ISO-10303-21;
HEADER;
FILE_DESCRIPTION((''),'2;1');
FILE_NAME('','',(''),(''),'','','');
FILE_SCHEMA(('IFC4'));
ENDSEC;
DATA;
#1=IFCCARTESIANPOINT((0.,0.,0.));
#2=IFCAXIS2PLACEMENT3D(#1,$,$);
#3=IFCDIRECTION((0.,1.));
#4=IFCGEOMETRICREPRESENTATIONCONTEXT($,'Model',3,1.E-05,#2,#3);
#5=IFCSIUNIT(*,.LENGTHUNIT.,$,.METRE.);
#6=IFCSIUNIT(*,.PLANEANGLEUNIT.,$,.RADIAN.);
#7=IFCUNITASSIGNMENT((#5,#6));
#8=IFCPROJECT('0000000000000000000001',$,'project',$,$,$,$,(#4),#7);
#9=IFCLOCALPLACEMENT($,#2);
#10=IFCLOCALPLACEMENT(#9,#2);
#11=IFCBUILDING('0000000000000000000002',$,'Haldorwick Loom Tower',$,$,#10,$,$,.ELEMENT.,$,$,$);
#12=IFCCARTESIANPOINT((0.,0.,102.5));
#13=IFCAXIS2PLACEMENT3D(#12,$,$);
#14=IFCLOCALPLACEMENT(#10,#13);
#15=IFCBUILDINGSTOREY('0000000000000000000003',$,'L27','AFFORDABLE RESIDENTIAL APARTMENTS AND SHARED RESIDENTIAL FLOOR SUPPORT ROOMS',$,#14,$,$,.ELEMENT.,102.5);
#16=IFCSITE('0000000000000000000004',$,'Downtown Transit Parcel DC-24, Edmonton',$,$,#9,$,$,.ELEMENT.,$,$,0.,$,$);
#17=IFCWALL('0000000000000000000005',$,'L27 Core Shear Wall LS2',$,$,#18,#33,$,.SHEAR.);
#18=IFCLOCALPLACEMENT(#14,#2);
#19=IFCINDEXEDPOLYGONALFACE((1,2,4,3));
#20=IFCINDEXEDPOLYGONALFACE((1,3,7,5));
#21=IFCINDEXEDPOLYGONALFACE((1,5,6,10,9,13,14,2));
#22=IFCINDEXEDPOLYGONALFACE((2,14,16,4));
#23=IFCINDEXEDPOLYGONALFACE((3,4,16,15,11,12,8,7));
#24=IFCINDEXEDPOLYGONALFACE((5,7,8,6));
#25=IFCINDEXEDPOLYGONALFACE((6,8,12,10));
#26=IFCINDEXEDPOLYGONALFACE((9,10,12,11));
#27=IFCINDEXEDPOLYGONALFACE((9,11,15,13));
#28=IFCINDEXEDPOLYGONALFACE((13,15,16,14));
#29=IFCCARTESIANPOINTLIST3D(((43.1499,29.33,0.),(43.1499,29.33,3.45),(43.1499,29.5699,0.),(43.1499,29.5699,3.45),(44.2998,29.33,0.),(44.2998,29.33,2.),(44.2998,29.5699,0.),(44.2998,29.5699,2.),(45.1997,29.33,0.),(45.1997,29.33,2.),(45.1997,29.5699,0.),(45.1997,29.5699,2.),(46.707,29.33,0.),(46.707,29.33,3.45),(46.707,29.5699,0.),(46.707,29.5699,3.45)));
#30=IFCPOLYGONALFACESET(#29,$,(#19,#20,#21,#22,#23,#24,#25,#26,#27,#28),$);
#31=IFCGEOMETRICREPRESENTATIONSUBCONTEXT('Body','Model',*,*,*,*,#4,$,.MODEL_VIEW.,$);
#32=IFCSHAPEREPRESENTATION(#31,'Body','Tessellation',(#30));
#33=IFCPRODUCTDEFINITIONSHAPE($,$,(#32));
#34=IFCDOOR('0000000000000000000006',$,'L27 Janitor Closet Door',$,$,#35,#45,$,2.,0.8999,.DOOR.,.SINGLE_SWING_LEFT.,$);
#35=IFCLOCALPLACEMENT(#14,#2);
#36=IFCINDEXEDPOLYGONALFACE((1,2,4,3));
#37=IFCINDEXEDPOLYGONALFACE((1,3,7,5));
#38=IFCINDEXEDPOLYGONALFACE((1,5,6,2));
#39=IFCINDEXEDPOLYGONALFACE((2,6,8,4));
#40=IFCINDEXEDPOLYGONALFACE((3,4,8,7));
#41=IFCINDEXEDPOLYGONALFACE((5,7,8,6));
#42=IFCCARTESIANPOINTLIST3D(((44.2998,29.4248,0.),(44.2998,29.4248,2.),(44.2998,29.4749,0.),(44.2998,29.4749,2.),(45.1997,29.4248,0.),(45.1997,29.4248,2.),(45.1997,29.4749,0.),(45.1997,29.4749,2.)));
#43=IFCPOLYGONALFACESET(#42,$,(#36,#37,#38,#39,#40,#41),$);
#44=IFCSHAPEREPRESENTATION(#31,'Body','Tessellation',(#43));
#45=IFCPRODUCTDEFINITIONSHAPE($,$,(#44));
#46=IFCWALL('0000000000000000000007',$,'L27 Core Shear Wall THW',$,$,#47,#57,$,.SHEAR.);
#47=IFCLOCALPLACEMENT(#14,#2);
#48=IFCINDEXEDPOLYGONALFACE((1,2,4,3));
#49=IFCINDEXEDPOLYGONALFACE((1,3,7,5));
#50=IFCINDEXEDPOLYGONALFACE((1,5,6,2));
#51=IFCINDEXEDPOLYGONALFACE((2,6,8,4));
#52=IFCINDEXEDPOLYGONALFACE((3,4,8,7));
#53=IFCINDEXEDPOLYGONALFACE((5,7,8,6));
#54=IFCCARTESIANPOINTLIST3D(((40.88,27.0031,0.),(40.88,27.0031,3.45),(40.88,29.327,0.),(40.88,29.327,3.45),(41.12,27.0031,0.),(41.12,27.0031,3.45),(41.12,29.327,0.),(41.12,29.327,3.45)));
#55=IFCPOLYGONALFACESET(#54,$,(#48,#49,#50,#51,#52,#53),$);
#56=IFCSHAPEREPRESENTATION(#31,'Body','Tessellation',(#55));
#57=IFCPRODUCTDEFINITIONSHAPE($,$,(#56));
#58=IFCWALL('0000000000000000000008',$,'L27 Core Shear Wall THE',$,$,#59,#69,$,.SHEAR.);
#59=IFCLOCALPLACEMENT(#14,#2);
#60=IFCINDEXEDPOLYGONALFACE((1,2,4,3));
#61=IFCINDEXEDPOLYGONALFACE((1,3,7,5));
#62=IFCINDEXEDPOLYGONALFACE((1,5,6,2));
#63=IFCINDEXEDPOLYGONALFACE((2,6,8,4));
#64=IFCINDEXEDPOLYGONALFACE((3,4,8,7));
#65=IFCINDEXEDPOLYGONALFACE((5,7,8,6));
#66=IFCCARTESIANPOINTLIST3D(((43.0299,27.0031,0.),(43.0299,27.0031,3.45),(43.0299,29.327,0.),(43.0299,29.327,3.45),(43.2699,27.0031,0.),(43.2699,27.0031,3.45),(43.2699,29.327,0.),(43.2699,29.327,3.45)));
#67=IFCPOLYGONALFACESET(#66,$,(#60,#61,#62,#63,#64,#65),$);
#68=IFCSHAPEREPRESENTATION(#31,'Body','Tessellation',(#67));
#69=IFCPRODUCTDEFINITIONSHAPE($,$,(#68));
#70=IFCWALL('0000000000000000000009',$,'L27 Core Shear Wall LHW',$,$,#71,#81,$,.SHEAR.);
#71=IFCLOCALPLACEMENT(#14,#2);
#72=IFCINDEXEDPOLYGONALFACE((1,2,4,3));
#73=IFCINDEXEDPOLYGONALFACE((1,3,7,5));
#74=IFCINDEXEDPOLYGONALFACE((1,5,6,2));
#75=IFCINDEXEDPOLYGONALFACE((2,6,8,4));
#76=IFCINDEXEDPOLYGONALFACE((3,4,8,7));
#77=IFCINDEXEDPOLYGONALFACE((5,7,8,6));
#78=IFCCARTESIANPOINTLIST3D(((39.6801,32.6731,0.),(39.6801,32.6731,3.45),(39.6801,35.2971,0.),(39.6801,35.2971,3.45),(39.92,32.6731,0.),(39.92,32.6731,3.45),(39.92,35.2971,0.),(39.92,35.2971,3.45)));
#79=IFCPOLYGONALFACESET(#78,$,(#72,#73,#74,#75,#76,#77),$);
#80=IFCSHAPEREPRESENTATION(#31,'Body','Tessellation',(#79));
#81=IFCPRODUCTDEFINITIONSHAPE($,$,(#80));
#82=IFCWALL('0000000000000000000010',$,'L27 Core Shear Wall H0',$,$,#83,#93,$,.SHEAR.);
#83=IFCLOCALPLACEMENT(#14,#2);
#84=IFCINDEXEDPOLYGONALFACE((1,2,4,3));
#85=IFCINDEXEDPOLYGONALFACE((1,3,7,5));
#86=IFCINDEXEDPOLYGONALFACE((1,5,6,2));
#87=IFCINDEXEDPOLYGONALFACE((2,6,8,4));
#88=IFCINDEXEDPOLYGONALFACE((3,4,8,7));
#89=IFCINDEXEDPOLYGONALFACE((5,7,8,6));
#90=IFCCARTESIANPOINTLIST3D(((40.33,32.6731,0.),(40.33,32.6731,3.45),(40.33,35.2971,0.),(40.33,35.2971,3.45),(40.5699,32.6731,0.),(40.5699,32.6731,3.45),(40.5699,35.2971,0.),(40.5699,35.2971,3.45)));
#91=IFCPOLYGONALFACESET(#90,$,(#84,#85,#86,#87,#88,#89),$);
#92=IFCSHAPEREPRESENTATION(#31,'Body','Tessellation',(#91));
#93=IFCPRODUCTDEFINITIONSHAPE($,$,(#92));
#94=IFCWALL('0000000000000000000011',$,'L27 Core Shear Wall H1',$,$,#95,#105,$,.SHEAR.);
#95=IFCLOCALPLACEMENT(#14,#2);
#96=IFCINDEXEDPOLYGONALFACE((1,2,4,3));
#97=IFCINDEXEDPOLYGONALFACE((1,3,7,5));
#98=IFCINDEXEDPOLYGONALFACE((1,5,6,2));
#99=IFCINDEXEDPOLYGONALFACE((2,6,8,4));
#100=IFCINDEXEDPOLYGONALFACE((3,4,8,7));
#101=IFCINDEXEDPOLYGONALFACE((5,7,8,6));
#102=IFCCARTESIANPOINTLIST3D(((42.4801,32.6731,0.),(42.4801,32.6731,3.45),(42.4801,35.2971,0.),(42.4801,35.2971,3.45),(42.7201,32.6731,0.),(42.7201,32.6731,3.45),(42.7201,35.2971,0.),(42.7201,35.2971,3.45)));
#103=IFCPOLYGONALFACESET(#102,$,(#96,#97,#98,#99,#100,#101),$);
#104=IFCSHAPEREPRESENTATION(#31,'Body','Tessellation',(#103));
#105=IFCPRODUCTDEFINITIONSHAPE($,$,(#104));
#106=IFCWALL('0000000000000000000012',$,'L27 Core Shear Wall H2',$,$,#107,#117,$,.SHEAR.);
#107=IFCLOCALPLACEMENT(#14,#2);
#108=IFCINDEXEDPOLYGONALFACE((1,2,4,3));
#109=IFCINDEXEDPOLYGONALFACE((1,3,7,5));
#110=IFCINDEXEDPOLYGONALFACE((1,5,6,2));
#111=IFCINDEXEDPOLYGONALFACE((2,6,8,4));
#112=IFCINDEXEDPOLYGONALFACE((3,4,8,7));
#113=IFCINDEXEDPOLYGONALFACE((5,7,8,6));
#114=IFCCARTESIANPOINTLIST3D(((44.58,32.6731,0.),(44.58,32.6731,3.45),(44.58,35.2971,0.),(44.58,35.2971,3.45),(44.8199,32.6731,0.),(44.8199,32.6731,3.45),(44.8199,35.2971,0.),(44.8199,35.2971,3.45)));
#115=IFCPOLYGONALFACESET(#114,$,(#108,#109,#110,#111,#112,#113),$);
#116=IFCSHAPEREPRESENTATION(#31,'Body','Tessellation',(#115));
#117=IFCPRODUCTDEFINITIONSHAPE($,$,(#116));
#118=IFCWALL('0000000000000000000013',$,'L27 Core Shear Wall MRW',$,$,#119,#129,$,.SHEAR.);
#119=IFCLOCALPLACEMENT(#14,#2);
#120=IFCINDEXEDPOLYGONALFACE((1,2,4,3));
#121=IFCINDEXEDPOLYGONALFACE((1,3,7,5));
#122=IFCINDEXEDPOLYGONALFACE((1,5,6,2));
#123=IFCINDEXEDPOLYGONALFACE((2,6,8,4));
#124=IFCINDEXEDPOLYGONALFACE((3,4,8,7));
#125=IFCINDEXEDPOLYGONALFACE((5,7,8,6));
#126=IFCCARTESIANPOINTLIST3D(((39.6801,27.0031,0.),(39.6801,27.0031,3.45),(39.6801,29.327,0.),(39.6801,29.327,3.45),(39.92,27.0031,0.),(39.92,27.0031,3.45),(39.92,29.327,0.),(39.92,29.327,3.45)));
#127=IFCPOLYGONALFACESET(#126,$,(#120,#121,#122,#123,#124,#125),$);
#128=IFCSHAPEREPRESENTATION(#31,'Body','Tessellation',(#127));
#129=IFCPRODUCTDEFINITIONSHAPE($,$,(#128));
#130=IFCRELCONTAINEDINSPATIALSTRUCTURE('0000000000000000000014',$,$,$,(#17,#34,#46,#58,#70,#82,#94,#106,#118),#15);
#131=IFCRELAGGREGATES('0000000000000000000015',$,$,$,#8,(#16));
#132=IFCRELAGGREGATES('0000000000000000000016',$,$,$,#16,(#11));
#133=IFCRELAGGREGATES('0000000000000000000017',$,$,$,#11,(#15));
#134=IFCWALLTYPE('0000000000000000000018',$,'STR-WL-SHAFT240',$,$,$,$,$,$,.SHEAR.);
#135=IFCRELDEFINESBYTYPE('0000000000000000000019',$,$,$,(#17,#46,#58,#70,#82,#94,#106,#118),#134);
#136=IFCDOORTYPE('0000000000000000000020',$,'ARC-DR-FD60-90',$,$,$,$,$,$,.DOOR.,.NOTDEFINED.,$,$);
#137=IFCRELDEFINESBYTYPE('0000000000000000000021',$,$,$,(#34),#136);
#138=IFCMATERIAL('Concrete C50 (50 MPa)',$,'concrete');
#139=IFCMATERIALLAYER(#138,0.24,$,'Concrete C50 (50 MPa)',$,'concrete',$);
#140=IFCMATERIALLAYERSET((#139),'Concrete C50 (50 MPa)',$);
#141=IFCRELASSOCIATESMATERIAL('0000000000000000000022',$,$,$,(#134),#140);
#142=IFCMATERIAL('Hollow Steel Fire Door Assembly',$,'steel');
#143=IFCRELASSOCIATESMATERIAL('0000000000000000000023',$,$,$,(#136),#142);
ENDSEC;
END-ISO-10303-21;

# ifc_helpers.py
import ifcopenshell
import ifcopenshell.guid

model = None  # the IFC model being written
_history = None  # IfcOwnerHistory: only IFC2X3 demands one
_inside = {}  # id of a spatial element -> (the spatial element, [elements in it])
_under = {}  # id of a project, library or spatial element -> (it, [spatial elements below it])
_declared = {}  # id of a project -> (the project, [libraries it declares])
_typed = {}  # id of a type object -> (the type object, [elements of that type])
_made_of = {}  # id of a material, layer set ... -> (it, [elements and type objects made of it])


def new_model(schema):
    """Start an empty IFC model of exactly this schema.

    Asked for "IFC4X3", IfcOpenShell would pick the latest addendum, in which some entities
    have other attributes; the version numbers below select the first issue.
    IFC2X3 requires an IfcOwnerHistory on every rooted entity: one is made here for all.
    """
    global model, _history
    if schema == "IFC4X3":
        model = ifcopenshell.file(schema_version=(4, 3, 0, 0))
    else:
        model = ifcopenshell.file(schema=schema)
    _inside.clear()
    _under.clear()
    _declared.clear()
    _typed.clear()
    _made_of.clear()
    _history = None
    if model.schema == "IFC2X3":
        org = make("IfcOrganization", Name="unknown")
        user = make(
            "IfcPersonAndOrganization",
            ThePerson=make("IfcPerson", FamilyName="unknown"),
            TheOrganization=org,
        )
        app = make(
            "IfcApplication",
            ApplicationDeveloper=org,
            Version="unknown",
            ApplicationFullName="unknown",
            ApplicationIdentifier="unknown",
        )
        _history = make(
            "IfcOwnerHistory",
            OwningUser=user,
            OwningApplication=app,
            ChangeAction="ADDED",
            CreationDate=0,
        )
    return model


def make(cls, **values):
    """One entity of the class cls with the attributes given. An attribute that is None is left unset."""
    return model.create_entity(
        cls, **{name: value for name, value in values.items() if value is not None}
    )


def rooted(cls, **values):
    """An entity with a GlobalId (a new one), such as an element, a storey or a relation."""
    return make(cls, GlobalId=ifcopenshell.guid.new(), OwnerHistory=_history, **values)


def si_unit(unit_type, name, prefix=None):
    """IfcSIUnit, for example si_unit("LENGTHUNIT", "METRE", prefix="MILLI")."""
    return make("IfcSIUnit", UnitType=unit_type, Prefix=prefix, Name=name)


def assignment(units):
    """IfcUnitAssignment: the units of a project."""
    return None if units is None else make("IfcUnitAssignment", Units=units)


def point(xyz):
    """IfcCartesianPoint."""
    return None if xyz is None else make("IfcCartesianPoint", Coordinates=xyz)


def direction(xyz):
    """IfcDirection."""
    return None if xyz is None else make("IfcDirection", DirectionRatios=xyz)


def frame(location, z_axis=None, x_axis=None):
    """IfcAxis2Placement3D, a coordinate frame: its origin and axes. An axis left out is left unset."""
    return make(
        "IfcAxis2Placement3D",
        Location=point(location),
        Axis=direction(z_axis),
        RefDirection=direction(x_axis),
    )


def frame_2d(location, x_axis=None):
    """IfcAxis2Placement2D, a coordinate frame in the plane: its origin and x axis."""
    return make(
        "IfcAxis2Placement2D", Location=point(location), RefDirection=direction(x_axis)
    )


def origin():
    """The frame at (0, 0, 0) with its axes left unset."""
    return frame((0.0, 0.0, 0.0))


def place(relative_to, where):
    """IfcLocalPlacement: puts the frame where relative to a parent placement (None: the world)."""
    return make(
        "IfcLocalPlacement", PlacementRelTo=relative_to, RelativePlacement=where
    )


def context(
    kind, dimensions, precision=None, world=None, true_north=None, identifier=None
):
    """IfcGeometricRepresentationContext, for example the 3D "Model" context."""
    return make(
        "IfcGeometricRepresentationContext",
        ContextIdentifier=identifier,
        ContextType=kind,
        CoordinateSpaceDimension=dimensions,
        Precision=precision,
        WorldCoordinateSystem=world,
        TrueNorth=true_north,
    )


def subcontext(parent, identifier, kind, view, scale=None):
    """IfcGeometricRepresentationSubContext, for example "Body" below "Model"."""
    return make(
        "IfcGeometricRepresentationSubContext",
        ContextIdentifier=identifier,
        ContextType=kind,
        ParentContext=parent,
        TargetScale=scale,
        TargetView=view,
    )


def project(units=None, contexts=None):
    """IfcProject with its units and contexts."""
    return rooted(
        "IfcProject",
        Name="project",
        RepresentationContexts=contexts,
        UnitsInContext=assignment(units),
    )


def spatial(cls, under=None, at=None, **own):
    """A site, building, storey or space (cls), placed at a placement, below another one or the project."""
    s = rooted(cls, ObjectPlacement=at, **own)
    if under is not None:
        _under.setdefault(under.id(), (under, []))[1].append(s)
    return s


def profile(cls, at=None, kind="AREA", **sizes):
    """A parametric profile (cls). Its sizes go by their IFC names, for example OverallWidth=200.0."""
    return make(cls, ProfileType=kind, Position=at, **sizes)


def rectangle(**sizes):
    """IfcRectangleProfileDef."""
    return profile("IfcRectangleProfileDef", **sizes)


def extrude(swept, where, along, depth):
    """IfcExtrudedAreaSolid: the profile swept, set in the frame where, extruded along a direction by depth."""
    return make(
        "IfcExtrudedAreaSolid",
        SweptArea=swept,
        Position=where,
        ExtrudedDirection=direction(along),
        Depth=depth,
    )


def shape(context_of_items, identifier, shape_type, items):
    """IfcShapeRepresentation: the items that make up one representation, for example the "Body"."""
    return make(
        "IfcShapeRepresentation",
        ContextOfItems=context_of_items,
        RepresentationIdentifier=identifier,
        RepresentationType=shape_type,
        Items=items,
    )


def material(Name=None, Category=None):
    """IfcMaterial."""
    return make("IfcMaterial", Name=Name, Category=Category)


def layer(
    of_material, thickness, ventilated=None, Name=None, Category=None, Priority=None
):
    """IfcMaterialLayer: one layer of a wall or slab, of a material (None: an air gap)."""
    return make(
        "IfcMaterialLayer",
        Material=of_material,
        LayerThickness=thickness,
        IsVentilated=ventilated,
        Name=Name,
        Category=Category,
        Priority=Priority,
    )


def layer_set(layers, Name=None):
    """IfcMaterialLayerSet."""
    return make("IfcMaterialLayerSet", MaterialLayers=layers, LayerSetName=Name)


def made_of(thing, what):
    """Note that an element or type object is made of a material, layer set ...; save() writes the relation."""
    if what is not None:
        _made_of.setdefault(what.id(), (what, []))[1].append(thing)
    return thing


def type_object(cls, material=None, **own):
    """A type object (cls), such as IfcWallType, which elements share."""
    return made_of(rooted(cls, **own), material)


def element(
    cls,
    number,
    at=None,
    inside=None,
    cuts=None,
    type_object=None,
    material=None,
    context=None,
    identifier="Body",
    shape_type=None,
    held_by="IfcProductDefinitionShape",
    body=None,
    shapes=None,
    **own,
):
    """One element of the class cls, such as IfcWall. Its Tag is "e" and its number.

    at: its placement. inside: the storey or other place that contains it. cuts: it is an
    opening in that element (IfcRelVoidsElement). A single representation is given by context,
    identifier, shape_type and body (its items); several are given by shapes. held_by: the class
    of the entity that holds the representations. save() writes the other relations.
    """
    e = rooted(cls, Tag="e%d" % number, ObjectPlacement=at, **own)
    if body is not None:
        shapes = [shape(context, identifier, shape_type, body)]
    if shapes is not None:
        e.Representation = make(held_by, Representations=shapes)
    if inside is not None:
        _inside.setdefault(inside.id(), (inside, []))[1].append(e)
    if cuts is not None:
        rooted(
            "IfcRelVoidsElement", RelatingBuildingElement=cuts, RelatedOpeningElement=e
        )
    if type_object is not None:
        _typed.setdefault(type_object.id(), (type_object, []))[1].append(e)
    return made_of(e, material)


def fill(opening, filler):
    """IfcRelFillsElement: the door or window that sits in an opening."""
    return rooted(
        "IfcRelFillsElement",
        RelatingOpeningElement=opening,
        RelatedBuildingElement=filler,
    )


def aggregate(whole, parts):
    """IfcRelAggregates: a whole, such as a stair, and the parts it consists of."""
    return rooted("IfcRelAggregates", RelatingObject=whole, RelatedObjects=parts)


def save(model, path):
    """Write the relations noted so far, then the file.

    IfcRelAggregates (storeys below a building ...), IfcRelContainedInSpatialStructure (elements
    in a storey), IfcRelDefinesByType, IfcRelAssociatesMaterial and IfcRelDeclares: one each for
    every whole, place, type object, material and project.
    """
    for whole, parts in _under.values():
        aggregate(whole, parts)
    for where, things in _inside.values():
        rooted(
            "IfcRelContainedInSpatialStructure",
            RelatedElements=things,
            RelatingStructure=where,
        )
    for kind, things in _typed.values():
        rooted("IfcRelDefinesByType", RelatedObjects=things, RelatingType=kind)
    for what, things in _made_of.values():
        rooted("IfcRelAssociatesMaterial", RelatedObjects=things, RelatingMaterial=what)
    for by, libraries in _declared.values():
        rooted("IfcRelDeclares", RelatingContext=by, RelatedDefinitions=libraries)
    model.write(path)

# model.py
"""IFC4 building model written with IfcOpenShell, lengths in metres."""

from ifc_helpers import new_model, si_unit, direction, frame, frame_2d, origin, place, context, subcontext, project, spatial, rectangle, extrude, material, layer, layer_set, type_object, element, fill, save


model = new_model("IFC4")

# Units and contexts
model_context = context("Model", 3, precision=1e-05, world=origin(), true_north=direction((0.0, 1.0)))
body_context = subcontext(model_context, "Body", "Model", "MODEL_VIEW")
ifc_project = project(units=[si_unit("LENGTHUNIT", "METRE"), si_unit("PLANEANGLEUNIT", "RADIAN")], contexts=[model_context])

# Site, building, storey
site_placement = place(None, origin())
site = spatial("IfcSite", under=ifc_project, at=site_placement, Name="Downtown Transit Parcel DC-24, Edmonton", CompositionType="ELEMENT", RefElevation=0.0)
building_placement = place(site_placement, origin())
building = spatial("IfcBuilding", under=site, at=building_placement, Name="Haldorwick Loom Tower", CompositionType="ELEMENT")
storey_placement = place(building_placement, frame((0.0, 0.0, 102.5)))
storey = spatial("IfcBuildingStorey", under=building, at=storey_placement, Name="L27", Description="AFFORDABLE RESIDENTIAL APARTMENTS AND SHARED RESIDENTIAL FLOOR SUPPORT ROOMS", CompositionType="ELEMENT", Elevation=102.5)

# Shared definitions
ifc_material_1 = material(Name="Concrete C50 (50 MPa)", Category="concrete")
ifc_layer_1 = layer(ifc_material_1, 0.24, Name="Concrete C50 (50 MPa)", Category="concrete")
ifc_layer_set_1 = layer_set([ifc_layer_1], Name="Concrete C50 (50 MPa)")
wall_type_1 = type_object("IfcWallType", Name="STR-WL-SHAFT240", PredefinedType="SHEAR", material=ifc_layer_set_1)

# Wall, opening, door
wall_1_placement = place(storey_placement, frame((43.1499, 29.45, 0.0), z_axis=(0.0, 0.0, 1.0), x_axis=(1.0, 0.0, 0.0)))
wall_1 = element("IfcWall", 1, at=wall_1_placement, inside=storey, type_object=wall_type_1, Name="L27 Core Shear Wall LS2", PredefinedType="SHEAR", context=body_context, shape_type="SweptSolid", body=[
    extrude(rectangle(XDim=3.5571, YDim=0.24, at=frame_2d((1.7786, 0.0))), origin(), (0.0, 0.0, 1.0), 3.45),
])
opening_1_placement = place(wall_1_placement, frame((1.1499, 0.0, 0.0)))
opening_1 = element("IfcOpeningElement", 2, at=opening_1_placement, cuts=wall_1, PredefinedType="OPENING", context=body_context, shape_type="SweptSolid", body=[
    extrude(rectangle(XDim=0.8999, YDim=2.0, at=frame_2d((0.45, 1.0))), frame((0.0, 0.1299, 0.0), z_axis=(0.0, -1.0, 0.0), x_axis=(1.0, 0.0, 0.0)), (0.0, 0.0, 1.0), 0.26),
])
ifc_material_2 = material(Name="Hollow Steel Fire Door Assembly", Category="steel")
door_type_1 = type_object("IfcDoorType", Name="ARC-DR-FD60-90", OperationType="NOTDEFINED", PredefinedType="DOOR", material=ifc_material_2)
door_1_placement = place(opening_1_placement, origin())
door_1 = element("IfcDoor", 3, at=door_1_placement, inside=storey, type_object=door_type_1, Name="L27 Janitor Closet Door", OperationType="SINGLE_SWING_LEFT", OverallHeight=2.0, OverallWidth=0.8999, PredefinedType="DOOR", context=body_context, shape_type="SweptSolid", body=[
    extrude(rectangle(XDim=0.8999, YDim=2.0, at=frame_2d((0.45, 1.0))), frame((0.0, 0.0249, 0.0), z_axis=(0.0, -1.0, 0.0), x_axis=(1.0, 0.0, 0.0)), (0.0, 0.0, 1.0), 0.05),
])
fill(opening_1, door_1)

# Walls
for number, where, z_axis, x_axis, name in (
    (4, (41.0, 27.0029, 0.0), (0.0, 0.0, 1.0), (0.0, 1.0, 0.0), "L27 Core Shear Wall THW"),
    (5, (43.1499, 27.0029, 0.0), (0.0, 0.0, 1.0), (0.0, 1.0, 0.0), "L27 Core Shear Wall THE"),
):
    element("IfcWall", number, at=place(storey_placement, frame(where, z_axis=z_axis, x_axis=x_axis)), inside=storey, type_object=wall_type_1, Name=name, PredefinedType="SHEAR", context=body_context, shape_type="SweptSolid", body=[
        extrude(rectangle(XDim=2.324, YDim=0.24, at=frame_2d((1.1621, 0.0))), origin(), (0.0, 0.0, 1.0), 3.45),
    ])
for number, where, z_axis, x_axis, name in (
    (6, (39.8, 32.6731, 0.0), (0.0, 0.0, 1.0), (0.0, 1.0, 0.0), "L27 Core Shear Wall LHW"),
    (7, (40.45, 32.6731, 0.0), (0.0, 0.0, 1.0), (0.0, 1.0, 0.0), "L27 Core Shear Wall H0"),
    (8, (42.6001, 32.6731, 0.0), (0.0, 0.0, 1.0), (0.0, 1.0, 0.0), "L27 Core Shear Wall H1"),
    (9, (44.7, 32.6731, 0.0), (0.0, 0.0, 1.0), (0.0, 1.0, 0.0), "L27 Core Shear Wall H2"),
):
    element("IfcWall", number, at=place(storey_placement, frame(where, z_axis=z_axis, x_axis=x_axis)), inside=storey, type_object=wall_type_1, Name=name, PredefinedType="SHEAR", context=body_context, shape_type="SweptSolid", body=[
        extrude(rectangle(XDim=2.624, YDim=0.24, at=frame_2d((1.312, 0.0))), origin(), (0.0, 0.0, 1.0), 3.45),
    ])
wall_2_placement = place(storey_placement, frame((39.8, 27.0029, 0.0), z_axis=(0.0, 0.0, 1.0), x_axis=(0.0, 1.0, 0.0)))
element("IfcWall", 10, at=wall_2_placement, inside=storey, type_object=wall_type_1, Name="L27 Core Shear Wall MRW", PredefinedType="SHEAR", context=body_context, shape_type="SweptSolid", body=[
    extrude(rectangle(XDim=2.324, YDim=0.24, at=frame_2d((1.1621, 0.0))), origin(), (0.0, 0.0, 1.0), 3.45),
])

save(model, "model.ifc")
